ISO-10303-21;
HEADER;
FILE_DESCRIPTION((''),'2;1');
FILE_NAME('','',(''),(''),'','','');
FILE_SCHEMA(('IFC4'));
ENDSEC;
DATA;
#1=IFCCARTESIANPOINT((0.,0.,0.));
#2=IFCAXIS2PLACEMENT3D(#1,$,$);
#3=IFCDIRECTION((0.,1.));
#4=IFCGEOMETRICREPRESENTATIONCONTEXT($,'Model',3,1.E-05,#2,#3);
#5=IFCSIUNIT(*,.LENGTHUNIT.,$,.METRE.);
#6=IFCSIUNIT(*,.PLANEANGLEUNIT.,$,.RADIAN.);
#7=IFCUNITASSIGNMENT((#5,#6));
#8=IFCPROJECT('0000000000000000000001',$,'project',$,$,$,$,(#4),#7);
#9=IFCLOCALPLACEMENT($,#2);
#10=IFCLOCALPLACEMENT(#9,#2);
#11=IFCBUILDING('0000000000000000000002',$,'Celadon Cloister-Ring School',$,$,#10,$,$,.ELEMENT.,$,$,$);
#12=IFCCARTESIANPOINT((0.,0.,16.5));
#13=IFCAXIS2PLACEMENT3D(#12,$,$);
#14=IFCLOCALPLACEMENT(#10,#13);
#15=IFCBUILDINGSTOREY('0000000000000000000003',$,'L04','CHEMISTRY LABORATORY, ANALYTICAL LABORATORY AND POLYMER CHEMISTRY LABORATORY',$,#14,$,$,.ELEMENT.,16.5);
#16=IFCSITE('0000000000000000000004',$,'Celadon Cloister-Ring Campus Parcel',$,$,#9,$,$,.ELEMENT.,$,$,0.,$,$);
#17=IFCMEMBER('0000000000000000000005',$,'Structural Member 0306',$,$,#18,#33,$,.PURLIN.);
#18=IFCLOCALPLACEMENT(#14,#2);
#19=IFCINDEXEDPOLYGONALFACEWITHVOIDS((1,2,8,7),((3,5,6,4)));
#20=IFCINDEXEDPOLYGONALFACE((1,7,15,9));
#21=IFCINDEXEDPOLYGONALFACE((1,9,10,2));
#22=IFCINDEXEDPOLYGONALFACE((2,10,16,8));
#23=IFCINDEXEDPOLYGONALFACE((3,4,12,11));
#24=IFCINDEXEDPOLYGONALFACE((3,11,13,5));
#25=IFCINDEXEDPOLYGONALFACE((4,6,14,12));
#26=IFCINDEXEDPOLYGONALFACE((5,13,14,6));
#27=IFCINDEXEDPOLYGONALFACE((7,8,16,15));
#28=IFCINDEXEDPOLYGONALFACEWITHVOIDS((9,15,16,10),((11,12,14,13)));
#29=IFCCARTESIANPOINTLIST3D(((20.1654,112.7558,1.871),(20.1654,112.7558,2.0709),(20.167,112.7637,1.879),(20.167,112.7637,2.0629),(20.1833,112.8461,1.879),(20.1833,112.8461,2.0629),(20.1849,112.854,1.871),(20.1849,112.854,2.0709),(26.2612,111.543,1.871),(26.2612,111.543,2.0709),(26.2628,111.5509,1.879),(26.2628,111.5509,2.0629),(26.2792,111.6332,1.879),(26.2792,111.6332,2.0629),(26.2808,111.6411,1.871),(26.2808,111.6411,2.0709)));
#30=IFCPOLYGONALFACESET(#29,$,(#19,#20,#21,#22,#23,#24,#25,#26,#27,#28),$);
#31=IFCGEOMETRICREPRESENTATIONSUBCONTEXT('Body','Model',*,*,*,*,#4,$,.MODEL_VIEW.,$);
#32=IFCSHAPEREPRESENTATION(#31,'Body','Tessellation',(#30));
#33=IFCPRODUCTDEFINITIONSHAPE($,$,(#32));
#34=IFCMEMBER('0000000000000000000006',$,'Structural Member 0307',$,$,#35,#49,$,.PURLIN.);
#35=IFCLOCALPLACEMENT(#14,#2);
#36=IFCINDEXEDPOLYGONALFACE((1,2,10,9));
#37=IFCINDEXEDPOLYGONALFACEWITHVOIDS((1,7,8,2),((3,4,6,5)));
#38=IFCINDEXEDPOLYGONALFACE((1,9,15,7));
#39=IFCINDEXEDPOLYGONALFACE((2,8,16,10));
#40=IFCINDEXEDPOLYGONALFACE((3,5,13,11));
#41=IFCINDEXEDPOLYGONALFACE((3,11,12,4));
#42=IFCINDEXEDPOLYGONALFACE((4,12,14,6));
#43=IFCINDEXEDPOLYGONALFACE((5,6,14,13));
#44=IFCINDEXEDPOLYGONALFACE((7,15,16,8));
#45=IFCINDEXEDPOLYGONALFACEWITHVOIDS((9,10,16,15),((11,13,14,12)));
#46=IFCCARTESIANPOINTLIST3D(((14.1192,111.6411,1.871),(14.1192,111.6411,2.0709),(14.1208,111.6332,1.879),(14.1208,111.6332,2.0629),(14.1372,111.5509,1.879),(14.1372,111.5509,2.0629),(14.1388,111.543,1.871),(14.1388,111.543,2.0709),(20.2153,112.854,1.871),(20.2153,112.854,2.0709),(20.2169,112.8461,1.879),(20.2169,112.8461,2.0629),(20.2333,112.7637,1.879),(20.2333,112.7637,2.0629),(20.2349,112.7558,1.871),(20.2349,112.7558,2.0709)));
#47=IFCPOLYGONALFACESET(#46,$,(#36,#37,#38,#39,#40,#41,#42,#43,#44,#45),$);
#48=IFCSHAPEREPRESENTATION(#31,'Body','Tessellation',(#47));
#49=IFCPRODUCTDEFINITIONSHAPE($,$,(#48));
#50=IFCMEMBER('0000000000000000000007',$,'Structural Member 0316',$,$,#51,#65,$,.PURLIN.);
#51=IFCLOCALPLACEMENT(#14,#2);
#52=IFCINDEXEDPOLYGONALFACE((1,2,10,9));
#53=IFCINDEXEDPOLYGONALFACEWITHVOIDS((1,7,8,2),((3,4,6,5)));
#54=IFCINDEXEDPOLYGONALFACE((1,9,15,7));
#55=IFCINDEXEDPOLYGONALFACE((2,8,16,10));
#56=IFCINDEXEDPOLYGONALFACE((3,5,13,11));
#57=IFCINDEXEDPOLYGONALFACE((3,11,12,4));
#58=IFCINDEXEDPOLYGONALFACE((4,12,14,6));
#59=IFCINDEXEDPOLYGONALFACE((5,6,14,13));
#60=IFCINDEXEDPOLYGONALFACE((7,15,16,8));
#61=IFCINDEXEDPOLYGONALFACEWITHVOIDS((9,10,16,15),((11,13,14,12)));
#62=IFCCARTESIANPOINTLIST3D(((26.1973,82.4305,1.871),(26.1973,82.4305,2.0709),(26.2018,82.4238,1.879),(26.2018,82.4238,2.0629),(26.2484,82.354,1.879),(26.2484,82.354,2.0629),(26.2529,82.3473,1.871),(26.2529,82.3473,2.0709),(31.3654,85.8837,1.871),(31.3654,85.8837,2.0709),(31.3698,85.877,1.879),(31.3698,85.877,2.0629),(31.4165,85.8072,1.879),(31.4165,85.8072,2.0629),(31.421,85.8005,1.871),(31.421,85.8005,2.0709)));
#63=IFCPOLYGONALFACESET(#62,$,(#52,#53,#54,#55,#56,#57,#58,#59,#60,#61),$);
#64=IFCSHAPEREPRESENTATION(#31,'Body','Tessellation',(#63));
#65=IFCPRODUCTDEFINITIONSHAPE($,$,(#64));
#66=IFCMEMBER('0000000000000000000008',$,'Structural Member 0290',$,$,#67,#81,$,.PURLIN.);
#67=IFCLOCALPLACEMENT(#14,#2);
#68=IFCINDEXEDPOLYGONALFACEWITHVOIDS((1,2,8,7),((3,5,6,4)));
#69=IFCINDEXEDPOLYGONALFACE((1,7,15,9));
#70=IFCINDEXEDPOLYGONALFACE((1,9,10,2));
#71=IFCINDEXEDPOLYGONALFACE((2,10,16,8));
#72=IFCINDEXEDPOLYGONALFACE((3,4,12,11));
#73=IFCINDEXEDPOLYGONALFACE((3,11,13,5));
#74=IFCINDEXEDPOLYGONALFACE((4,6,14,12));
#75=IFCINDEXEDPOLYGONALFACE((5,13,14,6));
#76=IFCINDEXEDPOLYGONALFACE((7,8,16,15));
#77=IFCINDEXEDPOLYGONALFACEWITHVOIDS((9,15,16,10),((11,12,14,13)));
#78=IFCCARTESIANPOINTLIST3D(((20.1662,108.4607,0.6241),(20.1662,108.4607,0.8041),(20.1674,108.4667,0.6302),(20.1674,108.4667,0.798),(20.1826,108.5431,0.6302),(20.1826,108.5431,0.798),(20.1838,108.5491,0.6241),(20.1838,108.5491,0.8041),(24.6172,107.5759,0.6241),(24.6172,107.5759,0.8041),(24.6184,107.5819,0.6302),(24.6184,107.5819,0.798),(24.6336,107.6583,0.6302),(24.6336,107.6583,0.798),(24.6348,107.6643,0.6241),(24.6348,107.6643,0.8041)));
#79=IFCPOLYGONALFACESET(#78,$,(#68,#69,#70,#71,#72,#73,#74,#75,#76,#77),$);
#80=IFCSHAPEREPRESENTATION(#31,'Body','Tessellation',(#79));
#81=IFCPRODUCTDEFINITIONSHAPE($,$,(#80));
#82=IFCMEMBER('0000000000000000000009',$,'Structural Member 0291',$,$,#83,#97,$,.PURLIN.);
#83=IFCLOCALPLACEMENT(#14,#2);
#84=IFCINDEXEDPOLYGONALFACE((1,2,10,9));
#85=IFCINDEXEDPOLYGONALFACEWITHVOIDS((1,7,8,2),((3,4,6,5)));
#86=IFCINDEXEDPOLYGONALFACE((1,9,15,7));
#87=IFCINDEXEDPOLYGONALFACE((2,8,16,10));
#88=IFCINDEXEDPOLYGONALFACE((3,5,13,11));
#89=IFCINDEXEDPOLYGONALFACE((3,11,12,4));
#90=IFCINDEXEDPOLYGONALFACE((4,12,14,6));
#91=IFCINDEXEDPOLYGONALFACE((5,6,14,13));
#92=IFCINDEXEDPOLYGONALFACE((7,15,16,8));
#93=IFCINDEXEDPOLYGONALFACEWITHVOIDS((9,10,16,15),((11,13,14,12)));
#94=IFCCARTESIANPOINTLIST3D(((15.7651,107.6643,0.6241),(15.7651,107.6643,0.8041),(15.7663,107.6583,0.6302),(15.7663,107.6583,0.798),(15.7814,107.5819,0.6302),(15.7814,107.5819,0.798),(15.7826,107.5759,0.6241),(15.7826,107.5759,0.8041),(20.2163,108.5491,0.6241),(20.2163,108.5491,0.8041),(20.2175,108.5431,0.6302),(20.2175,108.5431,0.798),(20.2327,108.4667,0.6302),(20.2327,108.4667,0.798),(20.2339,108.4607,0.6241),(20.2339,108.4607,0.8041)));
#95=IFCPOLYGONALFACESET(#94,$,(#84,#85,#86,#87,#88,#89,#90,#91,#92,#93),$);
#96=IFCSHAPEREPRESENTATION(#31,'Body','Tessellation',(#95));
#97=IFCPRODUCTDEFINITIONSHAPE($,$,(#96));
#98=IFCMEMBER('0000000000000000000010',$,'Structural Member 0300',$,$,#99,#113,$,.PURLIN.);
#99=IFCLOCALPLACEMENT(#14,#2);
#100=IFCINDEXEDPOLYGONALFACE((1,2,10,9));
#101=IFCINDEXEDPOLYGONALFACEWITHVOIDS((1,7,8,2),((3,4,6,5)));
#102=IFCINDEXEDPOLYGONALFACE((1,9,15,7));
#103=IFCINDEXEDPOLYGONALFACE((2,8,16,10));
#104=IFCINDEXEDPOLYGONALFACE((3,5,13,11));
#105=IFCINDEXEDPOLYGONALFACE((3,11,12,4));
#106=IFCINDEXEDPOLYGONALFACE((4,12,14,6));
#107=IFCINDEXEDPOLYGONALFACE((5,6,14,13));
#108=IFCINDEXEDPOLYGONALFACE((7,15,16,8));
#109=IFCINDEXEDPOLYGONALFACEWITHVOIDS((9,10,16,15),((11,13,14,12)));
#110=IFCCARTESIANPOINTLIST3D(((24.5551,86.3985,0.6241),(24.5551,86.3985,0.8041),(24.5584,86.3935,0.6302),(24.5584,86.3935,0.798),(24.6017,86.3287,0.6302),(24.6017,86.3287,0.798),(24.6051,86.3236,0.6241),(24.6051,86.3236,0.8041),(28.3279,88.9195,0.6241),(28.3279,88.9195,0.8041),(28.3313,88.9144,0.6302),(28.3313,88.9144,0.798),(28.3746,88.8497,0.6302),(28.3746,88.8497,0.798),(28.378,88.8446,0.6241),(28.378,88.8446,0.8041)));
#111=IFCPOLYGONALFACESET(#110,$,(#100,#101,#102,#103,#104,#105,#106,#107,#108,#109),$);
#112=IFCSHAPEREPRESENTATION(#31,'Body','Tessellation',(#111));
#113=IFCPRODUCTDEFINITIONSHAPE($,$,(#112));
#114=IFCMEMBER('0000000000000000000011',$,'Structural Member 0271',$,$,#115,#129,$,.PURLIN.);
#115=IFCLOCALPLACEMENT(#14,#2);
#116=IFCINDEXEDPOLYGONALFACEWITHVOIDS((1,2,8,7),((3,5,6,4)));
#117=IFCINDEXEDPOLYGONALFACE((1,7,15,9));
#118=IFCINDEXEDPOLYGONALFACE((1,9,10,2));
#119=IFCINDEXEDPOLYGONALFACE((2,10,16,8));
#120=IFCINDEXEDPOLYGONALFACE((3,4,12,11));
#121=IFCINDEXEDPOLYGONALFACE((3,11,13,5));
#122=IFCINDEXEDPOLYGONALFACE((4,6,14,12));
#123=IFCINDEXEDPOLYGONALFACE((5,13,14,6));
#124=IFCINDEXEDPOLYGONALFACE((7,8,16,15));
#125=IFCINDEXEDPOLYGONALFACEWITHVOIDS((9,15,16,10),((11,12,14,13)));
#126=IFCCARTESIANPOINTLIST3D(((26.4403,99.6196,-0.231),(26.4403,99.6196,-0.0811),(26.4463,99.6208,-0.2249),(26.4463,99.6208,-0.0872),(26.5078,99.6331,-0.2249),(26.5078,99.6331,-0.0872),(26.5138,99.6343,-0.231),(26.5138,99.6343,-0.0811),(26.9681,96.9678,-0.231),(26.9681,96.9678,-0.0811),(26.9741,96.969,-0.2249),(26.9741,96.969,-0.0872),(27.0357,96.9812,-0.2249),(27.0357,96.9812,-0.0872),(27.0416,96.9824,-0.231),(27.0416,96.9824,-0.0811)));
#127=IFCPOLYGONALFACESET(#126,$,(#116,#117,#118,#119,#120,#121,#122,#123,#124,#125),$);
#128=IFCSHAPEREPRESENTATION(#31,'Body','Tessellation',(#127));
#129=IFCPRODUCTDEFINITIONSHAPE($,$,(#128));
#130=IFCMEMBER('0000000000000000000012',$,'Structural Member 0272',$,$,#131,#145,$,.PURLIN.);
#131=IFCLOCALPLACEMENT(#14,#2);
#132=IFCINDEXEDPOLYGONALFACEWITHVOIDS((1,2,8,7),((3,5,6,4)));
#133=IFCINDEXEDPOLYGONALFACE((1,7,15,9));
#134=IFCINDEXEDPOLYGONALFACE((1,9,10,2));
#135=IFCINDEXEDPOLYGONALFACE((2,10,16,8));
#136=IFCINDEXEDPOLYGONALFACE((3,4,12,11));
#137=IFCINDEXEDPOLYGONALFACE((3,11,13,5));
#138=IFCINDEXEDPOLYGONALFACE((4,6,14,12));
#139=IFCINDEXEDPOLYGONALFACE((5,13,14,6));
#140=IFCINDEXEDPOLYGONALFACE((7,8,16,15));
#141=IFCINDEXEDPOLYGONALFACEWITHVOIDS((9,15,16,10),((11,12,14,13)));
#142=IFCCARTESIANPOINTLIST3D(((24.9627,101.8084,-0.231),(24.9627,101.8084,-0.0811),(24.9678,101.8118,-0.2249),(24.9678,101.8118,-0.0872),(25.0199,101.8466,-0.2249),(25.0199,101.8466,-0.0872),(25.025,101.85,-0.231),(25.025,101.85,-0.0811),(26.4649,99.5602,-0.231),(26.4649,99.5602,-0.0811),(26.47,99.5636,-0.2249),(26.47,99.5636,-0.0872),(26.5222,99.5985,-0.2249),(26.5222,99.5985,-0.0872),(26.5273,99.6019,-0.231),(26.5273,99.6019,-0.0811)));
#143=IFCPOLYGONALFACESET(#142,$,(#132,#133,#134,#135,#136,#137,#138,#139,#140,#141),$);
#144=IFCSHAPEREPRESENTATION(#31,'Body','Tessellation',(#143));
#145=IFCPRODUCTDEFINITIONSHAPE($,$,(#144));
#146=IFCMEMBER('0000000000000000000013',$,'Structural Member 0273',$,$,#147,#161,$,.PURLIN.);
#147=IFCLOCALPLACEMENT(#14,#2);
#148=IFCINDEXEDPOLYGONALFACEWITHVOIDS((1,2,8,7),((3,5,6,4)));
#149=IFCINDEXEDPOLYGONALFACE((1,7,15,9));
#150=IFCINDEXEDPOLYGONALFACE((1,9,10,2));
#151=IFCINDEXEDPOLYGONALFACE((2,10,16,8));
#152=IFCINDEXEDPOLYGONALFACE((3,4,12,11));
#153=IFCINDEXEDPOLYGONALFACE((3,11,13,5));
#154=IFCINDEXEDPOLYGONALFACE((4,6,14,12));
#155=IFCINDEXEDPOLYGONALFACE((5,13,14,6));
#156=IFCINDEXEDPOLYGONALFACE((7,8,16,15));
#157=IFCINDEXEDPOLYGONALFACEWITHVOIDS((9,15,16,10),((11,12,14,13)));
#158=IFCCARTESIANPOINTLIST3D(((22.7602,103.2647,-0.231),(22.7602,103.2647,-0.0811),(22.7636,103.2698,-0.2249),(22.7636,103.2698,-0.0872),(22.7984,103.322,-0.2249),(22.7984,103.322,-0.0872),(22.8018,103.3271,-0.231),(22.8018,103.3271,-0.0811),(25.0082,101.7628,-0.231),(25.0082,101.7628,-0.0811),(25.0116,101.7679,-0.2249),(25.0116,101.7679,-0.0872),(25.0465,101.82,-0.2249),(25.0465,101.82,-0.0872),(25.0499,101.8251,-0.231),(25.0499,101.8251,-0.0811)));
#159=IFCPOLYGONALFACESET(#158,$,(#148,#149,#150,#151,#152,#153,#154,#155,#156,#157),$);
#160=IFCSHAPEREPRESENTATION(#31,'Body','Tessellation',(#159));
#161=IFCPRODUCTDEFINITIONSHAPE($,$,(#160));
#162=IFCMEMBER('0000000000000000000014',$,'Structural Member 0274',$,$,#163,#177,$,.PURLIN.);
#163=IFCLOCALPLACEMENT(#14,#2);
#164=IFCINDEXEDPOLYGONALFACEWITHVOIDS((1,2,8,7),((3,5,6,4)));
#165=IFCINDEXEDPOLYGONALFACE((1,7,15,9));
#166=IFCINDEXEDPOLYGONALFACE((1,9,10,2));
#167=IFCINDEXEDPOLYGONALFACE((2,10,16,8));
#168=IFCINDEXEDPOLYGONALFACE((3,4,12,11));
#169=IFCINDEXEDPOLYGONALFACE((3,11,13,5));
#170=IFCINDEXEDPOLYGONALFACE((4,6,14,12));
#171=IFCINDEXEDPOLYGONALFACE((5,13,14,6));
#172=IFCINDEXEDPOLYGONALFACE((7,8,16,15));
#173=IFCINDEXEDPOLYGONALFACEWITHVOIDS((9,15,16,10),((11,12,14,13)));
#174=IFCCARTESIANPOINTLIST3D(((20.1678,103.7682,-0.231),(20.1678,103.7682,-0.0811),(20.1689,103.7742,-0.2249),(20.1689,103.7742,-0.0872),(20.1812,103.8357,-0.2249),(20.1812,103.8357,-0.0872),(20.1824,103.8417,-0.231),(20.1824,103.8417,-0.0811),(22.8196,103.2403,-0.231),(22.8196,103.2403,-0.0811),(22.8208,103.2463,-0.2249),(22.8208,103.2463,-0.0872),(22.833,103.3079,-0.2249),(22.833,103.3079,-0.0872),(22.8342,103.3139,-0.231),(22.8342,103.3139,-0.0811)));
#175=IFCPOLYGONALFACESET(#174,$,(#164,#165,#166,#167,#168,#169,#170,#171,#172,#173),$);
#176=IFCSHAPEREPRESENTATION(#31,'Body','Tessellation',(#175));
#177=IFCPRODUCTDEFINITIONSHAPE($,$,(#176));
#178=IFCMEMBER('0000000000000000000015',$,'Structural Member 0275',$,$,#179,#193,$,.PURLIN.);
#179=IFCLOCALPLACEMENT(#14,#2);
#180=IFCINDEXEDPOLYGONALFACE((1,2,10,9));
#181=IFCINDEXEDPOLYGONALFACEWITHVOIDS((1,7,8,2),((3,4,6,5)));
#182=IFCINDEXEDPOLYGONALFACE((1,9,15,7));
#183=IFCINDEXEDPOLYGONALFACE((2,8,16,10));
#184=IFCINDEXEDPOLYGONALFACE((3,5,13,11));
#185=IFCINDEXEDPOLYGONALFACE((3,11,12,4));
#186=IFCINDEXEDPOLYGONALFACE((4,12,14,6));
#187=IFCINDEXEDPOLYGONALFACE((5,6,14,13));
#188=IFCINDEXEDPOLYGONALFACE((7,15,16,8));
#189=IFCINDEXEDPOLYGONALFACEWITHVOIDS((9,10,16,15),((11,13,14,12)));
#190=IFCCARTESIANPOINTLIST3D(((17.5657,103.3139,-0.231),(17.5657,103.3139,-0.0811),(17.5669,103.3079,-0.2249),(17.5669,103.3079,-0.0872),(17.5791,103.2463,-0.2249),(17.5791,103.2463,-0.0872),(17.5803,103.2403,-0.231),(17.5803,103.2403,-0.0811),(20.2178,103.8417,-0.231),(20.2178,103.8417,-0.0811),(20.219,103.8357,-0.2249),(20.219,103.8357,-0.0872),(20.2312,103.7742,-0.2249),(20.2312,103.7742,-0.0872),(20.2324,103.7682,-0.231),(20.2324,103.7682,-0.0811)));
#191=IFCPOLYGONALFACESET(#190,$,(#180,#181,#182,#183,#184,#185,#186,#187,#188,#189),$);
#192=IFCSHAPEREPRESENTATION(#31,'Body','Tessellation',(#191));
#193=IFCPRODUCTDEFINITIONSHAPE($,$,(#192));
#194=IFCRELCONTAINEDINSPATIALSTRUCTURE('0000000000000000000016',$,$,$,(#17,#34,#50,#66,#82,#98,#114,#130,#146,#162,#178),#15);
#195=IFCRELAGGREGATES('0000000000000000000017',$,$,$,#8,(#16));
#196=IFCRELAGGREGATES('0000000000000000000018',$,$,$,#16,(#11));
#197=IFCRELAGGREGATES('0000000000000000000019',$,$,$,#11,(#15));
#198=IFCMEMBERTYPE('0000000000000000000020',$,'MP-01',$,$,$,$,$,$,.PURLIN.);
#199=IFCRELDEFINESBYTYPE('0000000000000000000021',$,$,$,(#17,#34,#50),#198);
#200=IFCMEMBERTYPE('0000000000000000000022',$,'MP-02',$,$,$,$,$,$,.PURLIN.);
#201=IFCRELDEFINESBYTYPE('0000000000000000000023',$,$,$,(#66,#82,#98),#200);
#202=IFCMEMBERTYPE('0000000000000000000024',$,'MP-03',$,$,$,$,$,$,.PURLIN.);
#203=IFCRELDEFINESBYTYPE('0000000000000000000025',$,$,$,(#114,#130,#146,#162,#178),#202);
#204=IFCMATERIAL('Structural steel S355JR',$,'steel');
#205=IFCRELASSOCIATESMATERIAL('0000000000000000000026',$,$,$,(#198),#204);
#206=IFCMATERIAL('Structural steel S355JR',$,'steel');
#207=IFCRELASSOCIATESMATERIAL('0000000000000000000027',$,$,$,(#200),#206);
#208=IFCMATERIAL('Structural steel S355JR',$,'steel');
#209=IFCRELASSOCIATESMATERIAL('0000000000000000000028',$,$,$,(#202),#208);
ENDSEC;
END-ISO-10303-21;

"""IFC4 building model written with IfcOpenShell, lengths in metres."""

from ifc_helpers import new_model, si_unit, direction, frame, origin, origin_2d, place, context, subcontext, project, spatial, hollow_rectangle, extrude, material, material_profile, profile_set, type_object, element, save


model = new_model("IFC4")

# Units and contexts
model_context = context("Model", 3, precision=1e-05, world=origin(), true_north=direction((0.0, 1.0)))
body_context = subcontext(model_context, "Body", "Model", "MODEL_VIEW")
ifc_project = project(units=[si_unit("LENGTHUNIT", "METRE"), si_unit("PLANEANGLEUNIT", "RADIAN")], contexts=[model_context])

# Site, building, storey
site_placement = place(None, origin())
site = spatial("IfcSite", under=ifc_project, at=site_placement, Name="Celadon Cloister-Ring Campus Parcel", CompositionType="ELEMENT", RefElevation=0.0)
building_placement = place(site_placement, origin())
building = spatial("IfcBuilding", under=site, at=building_placement, Name="Celadon Cloister-Ring School", CompositionType="ELEMENT")
storey_placement = place(building_placement, frame((0.0, 0.0, 16.5)))
storey = spatial("IfcBuildingStorey", under=building, at=storey_placement, Name="L04", Description="CHEMISTRY LABORATORY, ANALYTICAL LABORATORY AND POLYMER CHEMISTRY LABORATORY", CompositionType="ELEMENT", Elevation=16.5)

# Members
ifc_material_1 = material(Name="Structural steel S355JR", Category="steel")
ifc_material_profile_1 = material_profile(ifc_material_1, hollow_rectangle(XDim=0.1001, YDim=0.2, WallThickness=0.0081, at=origin_2d()), Name="HSS200X100X8")
ifc_profile_set_1 = profile_set([ifc_material_profile_1], Name="Structural steel S355JR")
member_type_1 = type_object("IfcMemberType", Name="MP-01", PredefinedType="PURLIN", material=ifc_profile_set_1)
member_1_placement = place(storey_placement, frame((26.271, 111.592, 1.9709), z_axis=(-0.980775, 0.195142, 0.0), x_axis=(-0.195142, -0.980775, 0.0)))
element("IfcMember", 1, at=member_1_placement, inside=storey, type_object=member_type_1, Name="Structural Member 0306", PredefinedType="PURLIN", context=body_context, shape_type="SweptSolid", body=[
    extrude(hollow_rectangle(XDim=0.1001, YDim=0.2, WallThickness=0.0081, at=origin_2d()), origin(), (0.0, 0.0, 1.0), 6.2153),
])
for number, where, z_axis, x_axis, name in (
    (2, (20.2251, 112.8049, 1.9709), (-0.980777, -0.195134, 0.0), (0.195134, -0.980777, 0.0), "Structural Member 0307"),
    (3, (26.2251, 82.3889, 1.9709), (0.83147, 0.55557, 0.0), (-0.55557, 0.83147, 0.0), "Structural Member 0316"),
):
    element("IfcMember", number, at=place(storey_placement, frame(where, z_axis=z_axis, x_axis=x_axis)), inside=storey, type_object=member_type_1, Name=name, PredefinedType="PURLIN", context=body_context, shape_type="SweptSolid", body=[
        extrude(hollow_rectangle(XDim=0.1001, YDim=0.2, WallThickness=0.0081, at=origin_2d()), origin(), (0.0, 0.0, 1.0), 6.2156),
    ])
ifc_material_2 = material(Name="Structural steel S355JR", Category="steel")
ifc_material_profile_2 = material_profile(ifc_material_2, hollow_rectangle(XDim=0.0901, YDim=0.1799, WallThickness=0.0061, at=origin_2d()), Name="HSS180X90X6")
ifc_profile_set_2 = profile_set([ifc_material_profile_2], Name="Structural steel S355JR")
member_type_2 = type_object("IfcMemberType", Name="MP-02", PredefinedType="PURLIN", material=ifc_profile_set_2)
member_2_placement = place(storey_placement, frame((24.626, 107.6201, 0.7141), z_axis=(-0.98081, 0.194968, 0.0), x_axis=(-0.194968, -0.98081, 0.0)))
element("IfcMember", 4, at=member_2_placement, inside=storey, type_object=member_type_2, Name="Structural Member 0290", PredefinedType="PURLIN", context=body_context, shape_type="SweptSolid", body=[
    extrude(hollow_rectangle(XDim=0.0901, YDim=0.1799, WallThickness=0.0061, at=origin_2d()), origin(), (0.0, 0.0, 1.0), 4.5381),
])
member_3_placement = place(storey_placement, frame((20.2251, 108.5049, 0.7141), z_axis=(-0.980812, -0.194957, 0.0), x_axis=(0.194957, -0.980812, 0.0)))
element("IfcMember", 5, at=member_3_placement, inside=storey, type_object=member_type_2, Name="Structural Member 0291", PredefinedType="PURLIN", context=body_context, shape_type="SweptSolid", body=[
    extrude(hollow_rectangle(XDim=0.0901, YDim=0.1799, WallThickness=0.0061, at=origin_2d()), origin(), (0.0, 0.0, 1.0), 4.5383),
])
member_4_placement = place(storey_placement, frame((24.5801, 86.3611, 0.7141), z_axis=(0.83147, 0.555569, 0.0), x_axis=(-0.555569, 0.83147, 0.0)))
element("IfcMember", 6, at=member_4_placement, inside=storey, type_object=member_type_2, Name="Structural Member 0300", PredefinedType="PURLIN", context=body_context, shape_type="SweptSolid", body=[
    extrude(hollow_rectangle(XDim=0.0901, YDim=0.1799, WallThickness=0.0061, at=origin_2d()), origin(), (0.0, 0.0, 1.0), 4.5376),
])
ifc_material_3 = material(Name="Structural steel S355JR", Category="steel")
ifc_material_profile_3 = material_profile(ifc_material_3, hollow_rectangle(XDim=0.075, YDim=0.1499, WallThickness=0.0061, at=origin_2d()), Name="HSS150X75X6")
ifc_profile_set_3 = profile_set([ifc_material_profile_3], Name="Structural steel S355JR")
member_type_3 = type_object("IfcMemberType", Name="MP-03", PredefinedType="PURLIN", material=ifc_profile_set_3)
for number, where, z_axis, x_axis, name in (
    (7, (27.0049, 96.9751, -0.156), (-0.195213, 0.980761, 0.0), (-0.980761, -0.195213, 0.0), "Structural Member 0271"),
    (8, (26.4961, 99.5811, -0.156), (-0.555596, 0.831452, 0.0), (-0.831452, -0.555596, 0.0), "Structural Member 0272"),
):
    element("IfcMember", number, at=place(storey_placement, frame(where, z_axis=z_axis, x_axis=x_axis)), inside=storey, type_object=member_type_3, Name=name, PredefinedType="PURLIN", context=body_context, shape_type="SweptSolid", body=[
        extrude(hollow_rectangle(XDim=0.075, YDim=0.1499, WallThickness=0.0061, at=origin_2d()), origin(), (0.0, 0.0, 1.0), 2.7039),
    ])
member_5_placement = place(storey_placement, frame((25.0291, 101.7939, -0.156), z_axis=(-0.831494, 0.555533, 0.0), x_axis=(-0.555533, -0.831494, 0.0)))
element("IfcMember", 9, at=member_5_placement, inside=storey, type_object=member_type_3, Name="Structural Member 0273", PredefinedType="PURLIN", context=body_context, shape_type="SweptSolid", body=[
    extrude(hollow_rectangle(XDim=0.075, YDim=0.1499, WallThickness=0.0061, at=origin_2d()), origin(), (0.0, 0.0, 1.0), 2.7036),
])
member_6_placement = place(storey_placement, frame((22.8269, 103.2771, -0.156), z_axis=(-0.980761, 0.195213, 0.0), x_axis=(-0.195213, -0.980761, 0.0)))
element("IfcMember", 10, at=member_6_placement, inside=storey, type_object=member_type_3, Name="Structural Member 0274", PredefinedType="PURLIN", context=body_context, shape_type="SweptSolid", body=[
    extrude(hollow_rectangle(XDim=0.075, YDim=0.1499, WallThickness=0.0061, at=origin_2d()), origin(), (0.0, 0.0, 1.0), 2.7039),
])
member_7_placement = place(storey_placement, frame((20.2251, 103.8049, -0.156), z_axis=(-0.980764, -0.195196, 0.0), x_axis=(0.195196, -0.980764, 0.0)))
element("IfcMember", 11, at=member_7_placement, inside=storey, type_object=member_type_3, Name="Structural Member 0275", PredefinedType="PURLIN", context=body_context, shape_type="SweptSolid", body=[
    extrude(hollow_rectangle(XDim=0.075, YDim=0.1499, WallThickness=0.0061, at=origin_2d()), origin(), (0.0, 0.0, 1.0), 2.7041),
])

save(model, "model.ifc")
